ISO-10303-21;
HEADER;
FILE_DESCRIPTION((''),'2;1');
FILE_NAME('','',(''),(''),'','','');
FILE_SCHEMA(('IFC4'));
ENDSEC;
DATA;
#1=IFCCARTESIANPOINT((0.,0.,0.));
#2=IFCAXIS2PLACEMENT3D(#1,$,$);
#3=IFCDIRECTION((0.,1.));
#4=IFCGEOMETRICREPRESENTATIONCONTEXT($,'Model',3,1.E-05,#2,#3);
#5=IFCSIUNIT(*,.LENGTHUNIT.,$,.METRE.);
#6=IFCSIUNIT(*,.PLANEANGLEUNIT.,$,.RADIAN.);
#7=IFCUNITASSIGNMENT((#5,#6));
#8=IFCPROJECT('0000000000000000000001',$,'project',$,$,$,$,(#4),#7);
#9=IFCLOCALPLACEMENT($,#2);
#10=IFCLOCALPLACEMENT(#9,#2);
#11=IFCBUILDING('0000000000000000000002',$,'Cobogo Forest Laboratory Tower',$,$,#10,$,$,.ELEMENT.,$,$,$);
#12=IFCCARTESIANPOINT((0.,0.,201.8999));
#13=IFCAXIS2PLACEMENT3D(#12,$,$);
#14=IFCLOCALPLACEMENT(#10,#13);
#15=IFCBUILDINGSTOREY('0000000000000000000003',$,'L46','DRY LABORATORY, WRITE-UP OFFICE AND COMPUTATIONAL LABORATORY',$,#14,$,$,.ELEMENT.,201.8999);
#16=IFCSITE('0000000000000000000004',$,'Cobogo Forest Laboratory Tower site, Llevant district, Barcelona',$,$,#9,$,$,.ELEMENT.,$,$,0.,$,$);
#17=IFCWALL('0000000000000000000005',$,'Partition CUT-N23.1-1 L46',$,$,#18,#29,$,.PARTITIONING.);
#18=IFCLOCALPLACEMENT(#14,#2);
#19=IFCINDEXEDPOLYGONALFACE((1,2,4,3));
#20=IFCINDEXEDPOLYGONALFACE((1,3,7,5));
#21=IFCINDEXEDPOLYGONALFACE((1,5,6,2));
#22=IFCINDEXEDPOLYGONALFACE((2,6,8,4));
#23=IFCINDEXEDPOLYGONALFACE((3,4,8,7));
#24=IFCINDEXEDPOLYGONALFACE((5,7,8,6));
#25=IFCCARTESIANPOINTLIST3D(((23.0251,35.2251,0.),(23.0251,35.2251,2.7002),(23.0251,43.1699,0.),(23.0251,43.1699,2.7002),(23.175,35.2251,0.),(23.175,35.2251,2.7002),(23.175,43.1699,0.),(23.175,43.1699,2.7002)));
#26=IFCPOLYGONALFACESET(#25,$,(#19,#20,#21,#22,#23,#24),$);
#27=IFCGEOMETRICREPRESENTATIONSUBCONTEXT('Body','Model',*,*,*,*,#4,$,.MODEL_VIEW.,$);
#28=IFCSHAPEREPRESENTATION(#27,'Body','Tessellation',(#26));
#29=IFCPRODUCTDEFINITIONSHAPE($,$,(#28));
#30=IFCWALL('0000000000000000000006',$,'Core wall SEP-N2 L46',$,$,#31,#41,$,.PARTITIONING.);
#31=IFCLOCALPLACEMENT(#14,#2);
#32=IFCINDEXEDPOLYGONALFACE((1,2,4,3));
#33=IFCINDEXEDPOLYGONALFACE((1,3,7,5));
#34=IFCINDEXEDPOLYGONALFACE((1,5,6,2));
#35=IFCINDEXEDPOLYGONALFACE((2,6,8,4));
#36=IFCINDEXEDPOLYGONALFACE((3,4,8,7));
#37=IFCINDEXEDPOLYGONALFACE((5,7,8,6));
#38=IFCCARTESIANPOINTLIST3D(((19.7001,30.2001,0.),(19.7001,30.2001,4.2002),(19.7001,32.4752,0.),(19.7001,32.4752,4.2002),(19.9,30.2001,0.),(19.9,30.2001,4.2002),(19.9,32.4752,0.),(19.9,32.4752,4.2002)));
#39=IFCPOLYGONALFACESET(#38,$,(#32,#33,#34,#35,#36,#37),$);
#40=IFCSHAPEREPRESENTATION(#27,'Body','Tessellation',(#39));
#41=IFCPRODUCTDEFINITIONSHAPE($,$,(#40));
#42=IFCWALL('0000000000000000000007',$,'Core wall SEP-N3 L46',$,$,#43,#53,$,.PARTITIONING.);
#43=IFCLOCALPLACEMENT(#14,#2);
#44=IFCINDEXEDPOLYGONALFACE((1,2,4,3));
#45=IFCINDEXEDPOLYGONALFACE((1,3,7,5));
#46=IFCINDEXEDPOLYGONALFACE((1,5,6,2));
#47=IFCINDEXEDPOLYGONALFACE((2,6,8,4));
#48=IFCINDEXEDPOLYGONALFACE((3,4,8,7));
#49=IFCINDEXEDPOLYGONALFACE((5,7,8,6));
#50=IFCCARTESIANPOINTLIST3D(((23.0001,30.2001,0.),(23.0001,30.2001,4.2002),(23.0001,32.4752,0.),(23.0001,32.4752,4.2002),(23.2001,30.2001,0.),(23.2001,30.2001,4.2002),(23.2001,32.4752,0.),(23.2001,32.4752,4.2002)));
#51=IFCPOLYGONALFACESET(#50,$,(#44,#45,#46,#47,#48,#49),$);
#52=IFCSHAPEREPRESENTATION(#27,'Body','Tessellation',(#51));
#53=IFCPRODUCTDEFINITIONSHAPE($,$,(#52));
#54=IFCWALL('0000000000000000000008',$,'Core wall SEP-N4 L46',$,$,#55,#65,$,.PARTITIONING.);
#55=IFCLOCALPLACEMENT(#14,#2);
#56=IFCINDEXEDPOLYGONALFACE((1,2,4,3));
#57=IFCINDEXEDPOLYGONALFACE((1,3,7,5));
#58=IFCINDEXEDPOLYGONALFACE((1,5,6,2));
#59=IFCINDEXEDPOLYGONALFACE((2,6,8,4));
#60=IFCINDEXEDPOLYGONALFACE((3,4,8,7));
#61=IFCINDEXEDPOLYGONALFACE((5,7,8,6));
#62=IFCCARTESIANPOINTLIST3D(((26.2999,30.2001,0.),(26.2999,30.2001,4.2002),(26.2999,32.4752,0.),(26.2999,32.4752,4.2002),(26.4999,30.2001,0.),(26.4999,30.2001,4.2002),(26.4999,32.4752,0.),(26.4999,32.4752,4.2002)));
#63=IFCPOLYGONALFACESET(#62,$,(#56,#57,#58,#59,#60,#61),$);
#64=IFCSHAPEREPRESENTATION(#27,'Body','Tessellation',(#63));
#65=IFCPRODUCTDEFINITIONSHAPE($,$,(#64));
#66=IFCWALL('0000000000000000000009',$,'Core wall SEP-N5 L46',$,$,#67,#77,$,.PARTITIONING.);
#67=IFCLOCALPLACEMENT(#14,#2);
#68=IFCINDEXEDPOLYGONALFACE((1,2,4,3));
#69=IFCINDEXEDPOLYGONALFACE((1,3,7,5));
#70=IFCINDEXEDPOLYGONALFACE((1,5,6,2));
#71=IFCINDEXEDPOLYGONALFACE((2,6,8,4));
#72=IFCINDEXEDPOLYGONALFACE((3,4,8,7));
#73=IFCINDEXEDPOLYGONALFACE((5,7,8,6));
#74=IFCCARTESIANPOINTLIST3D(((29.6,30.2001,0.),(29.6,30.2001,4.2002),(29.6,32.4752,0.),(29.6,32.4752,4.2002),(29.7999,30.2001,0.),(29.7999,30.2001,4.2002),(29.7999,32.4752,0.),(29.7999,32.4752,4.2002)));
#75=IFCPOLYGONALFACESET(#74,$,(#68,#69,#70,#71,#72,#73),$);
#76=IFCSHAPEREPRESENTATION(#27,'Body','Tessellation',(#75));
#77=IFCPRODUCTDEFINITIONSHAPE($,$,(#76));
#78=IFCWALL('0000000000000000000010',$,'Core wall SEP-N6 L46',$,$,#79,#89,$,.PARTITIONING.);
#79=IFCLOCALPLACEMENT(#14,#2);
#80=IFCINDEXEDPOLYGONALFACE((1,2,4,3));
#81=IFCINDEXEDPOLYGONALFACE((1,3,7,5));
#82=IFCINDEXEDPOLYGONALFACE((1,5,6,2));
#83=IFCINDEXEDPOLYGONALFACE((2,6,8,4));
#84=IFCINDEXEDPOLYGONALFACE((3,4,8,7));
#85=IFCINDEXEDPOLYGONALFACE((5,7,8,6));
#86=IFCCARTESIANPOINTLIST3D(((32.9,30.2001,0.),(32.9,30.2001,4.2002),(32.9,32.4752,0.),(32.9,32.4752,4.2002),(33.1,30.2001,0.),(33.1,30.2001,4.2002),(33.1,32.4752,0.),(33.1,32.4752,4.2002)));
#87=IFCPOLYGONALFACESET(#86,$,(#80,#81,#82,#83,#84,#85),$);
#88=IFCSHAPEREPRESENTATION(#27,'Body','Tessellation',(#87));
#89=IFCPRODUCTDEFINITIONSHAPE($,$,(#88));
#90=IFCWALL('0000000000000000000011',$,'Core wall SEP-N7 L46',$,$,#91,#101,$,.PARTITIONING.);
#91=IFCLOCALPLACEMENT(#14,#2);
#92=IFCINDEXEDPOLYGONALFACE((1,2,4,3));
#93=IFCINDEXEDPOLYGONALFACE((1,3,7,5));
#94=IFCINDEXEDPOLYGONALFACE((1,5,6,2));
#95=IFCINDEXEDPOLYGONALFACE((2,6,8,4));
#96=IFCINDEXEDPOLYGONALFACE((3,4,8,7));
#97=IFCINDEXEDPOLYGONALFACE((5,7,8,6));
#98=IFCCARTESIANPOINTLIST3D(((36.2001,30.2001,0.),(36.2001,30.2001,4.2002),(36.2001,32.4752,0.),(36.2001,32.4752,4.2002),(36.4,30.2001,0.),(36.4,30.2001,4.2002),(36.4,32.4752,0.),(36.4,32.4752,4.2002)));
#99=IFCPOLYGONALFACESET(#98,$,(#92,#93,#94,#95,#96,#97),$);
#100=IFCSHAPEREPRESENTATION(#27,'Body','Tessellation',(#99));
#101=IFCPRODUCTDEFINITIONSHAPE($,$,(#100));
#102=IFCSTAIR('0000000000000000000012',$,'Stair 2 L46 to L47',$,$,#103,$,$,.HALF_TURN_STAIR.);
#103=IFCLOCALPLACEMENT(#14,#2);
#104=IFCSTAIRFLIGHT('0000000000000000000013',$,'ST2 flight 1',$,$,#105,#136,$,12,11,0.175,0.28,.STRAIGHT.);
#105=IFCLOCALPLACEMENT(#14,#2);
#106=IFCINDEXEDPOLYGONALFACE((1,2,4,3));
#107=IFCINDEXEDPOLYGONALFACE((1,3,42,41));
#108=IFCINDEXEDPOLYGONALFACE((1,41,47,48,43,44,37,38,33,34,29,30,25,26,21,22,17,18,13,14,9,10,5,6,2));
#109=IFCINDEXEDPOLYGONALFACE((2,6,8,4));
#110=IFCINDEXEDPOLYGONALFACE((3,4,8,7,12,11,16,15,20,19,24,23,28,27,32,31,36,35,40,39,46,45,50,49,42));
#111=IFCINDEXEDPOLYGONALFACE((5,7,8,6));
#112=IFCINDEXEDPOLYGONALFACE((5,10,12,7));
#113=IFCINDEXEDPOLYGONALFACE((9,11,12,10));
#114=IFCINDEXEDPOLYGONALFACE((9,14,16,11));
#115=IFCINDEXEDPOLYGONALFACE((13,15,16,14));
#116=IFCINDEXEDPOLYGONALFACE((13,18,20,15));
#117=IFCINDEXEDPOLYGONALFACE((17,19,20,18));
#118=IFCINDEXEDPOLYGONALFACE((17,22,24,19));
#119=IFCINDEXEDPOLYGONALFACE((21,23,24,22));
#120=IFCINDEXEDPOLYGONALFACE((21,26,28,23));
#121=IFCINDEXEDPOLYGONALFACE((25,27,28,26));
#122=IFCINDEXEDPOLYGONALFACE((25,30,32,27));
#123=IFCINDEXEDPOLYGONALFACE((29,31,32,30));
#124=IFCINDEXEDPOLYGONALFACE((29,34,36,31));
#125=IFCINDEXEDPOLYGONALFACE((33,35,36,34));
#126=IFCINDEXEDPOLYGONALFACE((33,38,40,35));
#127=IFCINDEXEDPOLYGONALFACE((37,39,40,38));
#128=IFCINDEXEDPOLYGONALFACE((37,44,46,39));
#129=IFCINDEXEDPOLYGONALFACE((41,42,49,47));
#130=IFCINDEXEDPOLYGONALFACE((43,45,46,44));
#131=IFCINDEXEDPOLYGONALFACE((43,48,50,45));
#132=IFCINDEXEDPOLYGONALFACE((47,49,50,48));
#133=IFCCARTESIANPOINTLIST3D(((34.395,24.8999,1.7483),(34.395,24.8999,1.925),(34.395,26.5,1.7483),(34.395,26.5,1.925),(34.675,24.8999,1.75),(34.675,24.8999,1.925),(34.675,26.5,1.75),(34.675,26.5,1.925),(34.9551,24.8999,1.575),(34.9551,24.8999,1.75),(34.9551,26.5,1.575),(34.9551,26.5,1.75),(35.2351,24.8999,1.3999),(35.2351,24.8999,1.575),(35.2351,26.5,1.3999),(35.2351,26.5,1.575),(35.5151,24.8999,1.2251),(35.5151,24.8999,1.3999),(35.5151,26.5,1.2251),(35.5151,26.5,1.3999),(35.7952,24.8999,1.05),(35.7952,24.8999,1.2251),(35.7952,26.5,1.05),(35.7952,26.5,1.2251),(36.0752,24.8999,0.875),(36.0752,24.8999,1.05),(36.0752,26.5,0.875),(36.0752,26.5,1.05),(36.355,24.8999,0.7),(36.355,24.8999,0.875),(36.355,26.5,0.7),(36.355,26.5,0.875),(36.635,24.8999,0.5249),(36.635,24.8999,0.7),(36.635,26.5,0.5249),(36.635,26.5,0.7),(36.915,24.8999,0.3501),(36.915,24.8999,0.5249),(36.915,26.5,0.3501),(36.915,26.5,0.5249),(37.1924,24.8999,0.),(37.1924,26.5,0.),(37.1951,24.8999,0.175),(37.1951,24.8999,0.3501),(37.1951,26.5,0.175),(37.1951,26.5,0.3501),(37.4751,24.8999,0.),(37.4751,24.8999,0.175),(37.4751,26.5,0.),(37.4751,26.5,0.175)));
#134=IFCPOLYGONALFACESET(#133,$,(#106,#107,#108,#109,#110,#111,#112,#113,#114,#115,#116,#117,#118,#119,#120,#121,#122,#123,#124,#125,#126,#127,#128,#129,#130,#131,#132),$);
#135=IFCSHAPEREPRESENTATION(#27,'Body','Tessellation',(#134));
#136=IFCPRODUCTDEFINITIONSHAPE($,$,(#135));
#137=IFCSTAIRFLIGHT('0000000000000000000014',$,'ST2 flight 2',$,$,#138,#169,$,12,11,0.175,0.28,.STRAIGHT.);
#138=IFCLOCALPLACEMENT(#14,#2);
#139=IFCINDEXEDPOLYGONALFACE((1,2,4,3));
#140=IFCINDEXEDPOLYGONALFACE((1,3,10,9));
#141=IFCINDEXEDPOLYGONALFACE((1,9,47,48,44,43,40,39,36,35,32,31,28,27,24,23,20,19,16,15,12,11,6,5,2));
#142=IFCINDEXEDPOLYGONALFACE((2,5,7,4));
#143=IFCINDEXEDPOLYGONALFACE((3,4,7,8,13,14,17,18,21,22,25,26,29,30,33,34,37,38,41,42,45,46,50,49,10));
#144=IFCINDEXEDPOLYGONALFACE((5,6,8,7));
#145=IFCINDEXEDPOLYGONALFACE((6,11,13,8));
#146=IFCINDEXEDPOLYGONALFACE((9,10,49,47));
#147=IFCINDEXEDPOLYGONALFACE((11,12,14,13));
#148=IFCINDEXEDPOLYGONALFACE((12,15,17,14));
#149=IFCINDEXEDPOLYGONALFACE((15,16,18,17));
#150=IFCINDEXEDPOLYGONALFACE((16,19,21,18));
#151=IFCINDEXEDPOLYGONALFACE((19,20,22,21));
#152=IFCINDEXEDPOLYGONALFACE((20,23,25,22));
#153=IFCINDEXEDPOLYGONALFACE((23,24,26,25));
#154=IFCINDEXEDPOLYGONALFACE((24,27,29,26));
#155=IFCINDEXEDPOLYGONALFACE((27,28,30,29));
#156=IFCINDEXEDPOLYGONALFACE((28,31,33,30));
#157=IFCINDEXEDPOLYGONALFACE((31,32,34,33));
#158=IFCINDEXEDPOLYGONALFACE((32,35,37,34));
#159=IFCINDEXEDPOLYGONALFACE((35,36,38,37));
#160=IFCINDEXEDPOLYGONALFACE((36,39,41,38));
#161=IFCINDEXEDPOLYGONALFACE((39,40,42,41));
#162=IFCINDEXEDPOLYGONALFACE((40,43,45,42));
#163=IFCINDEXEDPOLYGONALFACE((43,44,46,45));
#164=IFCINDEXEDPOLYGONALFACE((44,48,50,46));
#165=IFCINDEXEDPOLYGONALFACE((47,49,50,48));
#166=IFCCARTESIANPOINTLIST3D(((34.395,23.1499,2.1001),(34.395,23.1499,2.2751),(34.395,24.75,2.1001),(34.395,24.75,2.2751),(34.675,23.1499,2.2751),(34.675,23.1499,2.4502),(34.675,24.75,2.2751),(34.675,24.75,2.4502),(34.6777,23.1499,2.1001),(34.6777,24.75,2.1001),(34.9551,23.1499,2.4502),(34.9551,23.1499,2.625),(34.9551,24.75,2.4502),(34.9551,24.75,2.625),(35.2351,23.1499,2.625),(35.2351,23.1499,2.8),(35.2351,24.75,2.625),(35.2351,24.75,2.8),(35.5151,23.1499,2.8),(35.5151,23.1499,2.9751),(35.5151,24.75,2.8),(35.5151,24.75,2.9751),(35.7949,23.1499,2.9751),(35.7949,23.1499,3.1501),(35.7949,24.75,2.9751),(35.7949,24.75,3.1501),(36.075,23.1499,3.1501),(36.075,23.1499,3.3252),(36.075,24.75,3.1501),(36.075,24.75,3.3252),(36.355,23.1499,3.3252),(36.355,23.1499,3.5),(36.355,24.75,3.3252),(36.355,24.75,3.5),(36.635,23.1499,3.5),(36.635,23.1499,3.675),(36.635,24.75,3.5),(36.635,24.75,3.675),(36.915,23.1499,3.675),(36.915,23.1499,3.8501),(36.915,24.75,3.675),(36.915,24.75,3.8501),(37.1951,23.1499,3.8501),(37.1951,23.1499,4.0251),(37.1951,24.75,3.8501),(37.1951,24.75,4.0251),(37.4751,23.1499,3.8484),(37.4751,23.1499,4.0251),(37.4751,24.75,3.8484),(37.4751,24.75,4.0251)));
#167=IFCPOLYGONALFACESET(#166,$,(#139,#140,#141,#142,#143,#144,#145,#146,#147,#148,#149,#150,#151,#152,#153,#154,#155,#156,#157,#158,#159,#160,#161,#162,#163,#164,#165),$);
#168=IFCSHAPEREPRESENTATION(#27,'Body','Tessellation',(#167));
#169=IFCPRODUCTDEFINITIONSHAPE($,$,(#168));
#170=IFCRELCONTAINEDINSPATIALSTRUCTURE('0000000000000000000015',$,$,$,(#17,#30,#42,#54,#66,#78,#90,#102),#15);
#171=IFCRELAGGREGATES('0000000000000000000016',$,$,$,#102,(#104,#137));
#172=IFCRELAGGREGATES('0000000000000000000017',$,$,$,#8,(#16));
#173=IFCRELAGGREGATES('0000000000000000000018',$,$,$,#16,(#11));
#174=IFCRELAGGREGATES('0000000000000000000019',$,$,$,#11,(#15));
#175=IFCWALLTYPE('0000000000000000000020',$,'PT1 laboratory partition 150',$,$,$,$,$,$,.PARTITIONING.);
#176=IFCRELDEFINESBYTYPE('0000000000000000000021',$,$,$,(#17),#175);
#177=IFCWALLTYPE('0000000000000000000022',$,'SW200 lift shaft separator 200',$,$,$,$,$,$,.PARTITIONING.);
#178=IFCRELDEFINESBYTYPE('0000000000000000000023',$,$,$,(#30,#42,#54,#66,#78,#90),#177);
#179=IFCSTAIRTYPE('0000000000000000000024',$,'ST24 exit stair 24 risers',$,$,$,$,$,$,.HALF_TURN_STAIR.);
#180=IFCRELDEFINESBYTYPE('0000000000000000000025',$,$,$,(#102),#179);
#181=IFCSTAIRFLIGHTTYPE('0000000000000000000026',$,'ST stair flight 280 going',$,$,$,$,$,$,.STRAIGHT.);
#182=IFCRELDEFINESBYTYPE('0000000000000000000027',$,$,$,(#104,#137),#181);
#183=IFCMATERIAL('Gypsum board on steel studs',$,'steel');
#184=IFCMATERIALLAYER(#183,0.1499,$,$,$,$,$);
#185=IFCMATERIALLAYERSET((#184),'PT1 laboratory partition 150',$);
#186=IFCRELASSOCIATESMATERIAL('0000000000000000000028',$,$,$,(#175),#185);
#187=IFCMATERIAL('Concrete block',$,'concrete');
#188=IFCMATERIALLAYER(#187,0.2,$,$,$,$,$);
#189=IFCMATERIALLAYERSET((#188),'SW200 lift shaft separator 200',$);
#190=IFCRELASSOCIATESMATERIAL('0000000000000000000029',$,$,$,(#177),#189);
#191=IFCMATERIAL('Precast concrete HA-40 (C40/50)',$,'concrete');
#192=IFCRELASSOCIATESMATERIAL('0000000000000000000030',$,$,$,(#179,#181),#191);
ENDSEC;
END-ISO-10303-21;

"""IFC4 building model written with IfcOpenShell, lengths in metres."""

from ifc_helpers import new_model, si_unit, direction, frame, frame_2d, origin, place, context, subcontext, project, spatial, polyline, rectangle, outline, extrude, material, layer, layer_set, type_object, element, aggregate, save


model = new_model("IFC4")

# Units and contexts
model_context = context("Model", 3, precision=1e-05, world=origin(), true_north=direction((0.0, 1.0)))
body_context = subcontext(model_context, "Body", "Model", "MODEL_VIEW")
ifc_project = project(units=[si_unit("LENGTHUNIT", "METRE"), si_unit("PLANEANGLEUNIT", "RADIAN")], contexts=[model_context])

# Site, building, storey
site_placement = place(None, origin())
site = spatial("IfcSite", under=ifc_project, at=site_placement, Name="Cobogo Forest Laboratory Tower site, Llevant district, Barcelona", CompositionType="ELEMENT", RefElevation=0.0)
building_placement = place(site_placement, origin())
building = spatial("IfcBuilding", under=site, at=building_placement, Name="Cobogo Forest Laboratory Tower", CompositionType="ELEMENT")
storey_placement = place(building_placement, frame((0.0, 0.0, 201.8999)))
storey = spatial("IfcBuildingStorey", under=building, at=storey_placement, Name="L46", Description="DRY LABORATORY, WRITE-UP OFFICE AND COMPUTATIONAL LABORATORY", CompositionType="ELEMENT", Elevation=201.8999)

# Walls
ifc_material_1 = material(Name="Gypsum board on steel studs", Category="steel")
ifc_layer_1 = layer(ifc_material_1, 0.1499)
ifc_layer_set_1 = layer_set([ifc_layer_1], Name="PT1 laboratory partition 150")
wall_type_1 = type_object("IfcWallType", Name="PT1 laboratory partition 150", PredefinedType="PARTITIONING", material=ifc_layer_set_1)
wall_1_placement = place(storey_placement, frame((23.1001, 43.1699, 0.0), z_axis=(0.0, 0.0, 1.0), x_axis=(0.0, -1.0, 0.0)))
element("IfcWall", 1, at=wall_1_placement, inside=storey, type_object=wall_type_1, Name="Partition CUT-N23.1-1 L46", PredefinedType="PARTITIONING", context=body_context, shape_type="SweptSolid", body=[
    extrude(rectangle(XDim=7.9448, YDim=0.1499, at=frame_2d((3.9724, 0.0))), origin(), (0.0, 0.0, 1.0), 2.7002),
])
ifc_material_2 = material(Name="Concrete block", Category="concrete")
ifc_layer_2 = layer(ifc_material_2, 0.2)
ifc_layer_set_2 = layer_set([ifc_layer_2], Name="SW200 lift shaft separator 200")
wall_type_2 = type_object("IfcWallType", Name="SW200 lift shaft separator 200", PredefinedType="PARTITIONING", material=ifc_layer_set_2)
for number, where, z_axis, x_axis, name in (
    (2, (19.8, 30.2, 0.0), (0.0, 0.0, 1.0), (0.0, 1.0, 0.0), "Core wall SEP-N2 L46"),
    (3, (23.1001, 30.2, 0.0), (0.0, 0.0, 1.0), (0.0, 1.0, 0.0), "Core wall SEP-N3 L46"),
    (4, (26.3999, 30.2, 0.0), (0.0, 0.0, 1.0), (0.0, 1.0, 0.0), "Core wall SEP-N4 L46"),
    (5, (29.7, 30.2, 0.0), (0.0, 0.0, 1.0), (0.0, 1.0, 0.0), "Core wall SEP-N5 L46"),
    (6, (33.0, 30.2, 0.0), (0.0, 0.0, 1.0), (0.0, 1.0, 0.0), "Core wall SEP-N6 L46"),
    (7, (36.3, 30.2, 0.0), (0.0, 0.0, 1.0), (0.0, 1.0, 0.0), "Core wall SEP-N7 L46"),
):
    element("IfcWall", number, at=place(storey_placement, frame(where, z_axis=z_axis, x_axis=x_axis)), inside=storey, type_object=wall_type_2, Name=name, PredefinedType="PARTITIONING", context=body_context, shape_type="SweptSolid", body=[
        extrude(rectangle(XDim=2.2751, YDim=0.2, at=frame_2d((1.1377, 0.0))), origin(), (0.0, 0.0, 1.0), 4.2002),
    ])

# Stair, stair flights
ifc_material_3 = material(Name="Precast concrete HA-40 (C40/50)", Category="concrete")
stair_type = type_object("IfcStairType", Name="ST24 exit stair 24 risers", PredefinedType="HALF_TURN_STAIR", material=ifc_material_3)
stair_placement = place(storey_placement, origin())
stair = element("IfcStair", 8, at=stair_placement, inside=storey, type_object=stair_type, Name="Stair 2 L46 to L47", PredefinedType="HALF_TURN_STAIR")
stair_flight_type = type_object("IfcStairFlightType", Name="ST stair flight 280 going", PredefinedType="STRAIGHT", material=ifc_material_3)
stair_flight_1_placement = place(storey_placement, frame((37.4751, 25.7, 0.0), z_axis=(0.0, 0.0, 1.0), x_axis=(-1.0, 0.0, 0.0)))
stair_flight_1 = element("IfcStairFlight", 9, at=stair_flight_1_placement, type_object=stair_flight_type, Name="ST2 flight 1", NumberOfRisers=12, NumberOfTreads=11, PredefinedType="STRAIGHT", RiserHeight=0.175, TreadLength=0.28, context=body_context, shape_type="SweptSolid", body=[
    extrude(outline(polyline([(0.0, 0.0), (0.0, 0.175), (0.28, 0.175), (0.28, 0.3501), (0.5601, 0.3501), (0.5601, 0.5249), (0.8401, 0.5249), (0.8401, 0.7), (1.1201, 0.7), (1.1201, 0.875), (1.3999, 0.875), (1.3999, 1.05), (1.6799, 1.05), (1.6799, 1.2251), (1.96, 1.2251), (1.96, 1.3999), (2.24, 1.3999), (2.24, 1.575), (2.52, 1.575), (2.52, 1.75), (2.8, 1.75), (2.8, 1.925), (3.0801, 1.925), (3.0801, 2.1001), (3.0801, 1.7483), (0.2827, 0.0), (0.0, 0.0)])), frame((0.0, 0.8, 0.0), z_axis=(0.0, -1.0, 0.0), x_axis=(1.0, 0.0, 0.0)), (0.0, 0.0, 1.0), 1.6001),
])
stair_flight_2_placement = place(storey_placement, frame((34.395, 23.95, 2.1001), z_axis=(0.0, 0.0, 1.0), x_axis=(1.0, 0.0, 0.0)))
stair_flight_2 = element("IfcStairFlight", 10, at=stair_flight_2_placement, type_object=stair_flight_type, Name="ST2 flight 2", NumberOfRisers=12, NumberOfTreads=11, PredefinedType="STRAIGHT", RiserHeight=0.175, TreadLength=0.28, context=body_context, shape_type="SweptSolid", body=[
    extrude(outline(polyline([(0.0, 0.0), (0.0, 0.175), (0.28, 0.175), (0.28, 0.3501), (0.5601, 0.3501), (0.5601, 0.5249), (0.8401, 0.5249), (0.8401, 0.7), (1.1201, 0.7), (1.1201, 0.875), (1.3999, 0.875), (1.3999, 1.05), (1.6799, 1.05), (1.6799, 1.2251), (1.96, 1.2251), (1.96, 1.3999), (2.24, 1.3999), (2.24, 1.575), (2.52, 1.575), (2.52, 1.75), (2.8, 1.75), (2.8, 1.925), (3.0801, 1.925), (3.0801, 2.1001), (3.0801, 1.7483), (0.2827, 0.0), (0.0, 0.0)])), frame((0.0, 0.8, 0.0), z_axis=(0.0, -1.0, 0.0), x_axis=(1.0, 0.0, 0.0)), (0.0, 0.0, 1.0), 1.6001),
])
aggregate(stair, [stair_flight_1, stair_flight_2])

save(model, "model.ifc")
